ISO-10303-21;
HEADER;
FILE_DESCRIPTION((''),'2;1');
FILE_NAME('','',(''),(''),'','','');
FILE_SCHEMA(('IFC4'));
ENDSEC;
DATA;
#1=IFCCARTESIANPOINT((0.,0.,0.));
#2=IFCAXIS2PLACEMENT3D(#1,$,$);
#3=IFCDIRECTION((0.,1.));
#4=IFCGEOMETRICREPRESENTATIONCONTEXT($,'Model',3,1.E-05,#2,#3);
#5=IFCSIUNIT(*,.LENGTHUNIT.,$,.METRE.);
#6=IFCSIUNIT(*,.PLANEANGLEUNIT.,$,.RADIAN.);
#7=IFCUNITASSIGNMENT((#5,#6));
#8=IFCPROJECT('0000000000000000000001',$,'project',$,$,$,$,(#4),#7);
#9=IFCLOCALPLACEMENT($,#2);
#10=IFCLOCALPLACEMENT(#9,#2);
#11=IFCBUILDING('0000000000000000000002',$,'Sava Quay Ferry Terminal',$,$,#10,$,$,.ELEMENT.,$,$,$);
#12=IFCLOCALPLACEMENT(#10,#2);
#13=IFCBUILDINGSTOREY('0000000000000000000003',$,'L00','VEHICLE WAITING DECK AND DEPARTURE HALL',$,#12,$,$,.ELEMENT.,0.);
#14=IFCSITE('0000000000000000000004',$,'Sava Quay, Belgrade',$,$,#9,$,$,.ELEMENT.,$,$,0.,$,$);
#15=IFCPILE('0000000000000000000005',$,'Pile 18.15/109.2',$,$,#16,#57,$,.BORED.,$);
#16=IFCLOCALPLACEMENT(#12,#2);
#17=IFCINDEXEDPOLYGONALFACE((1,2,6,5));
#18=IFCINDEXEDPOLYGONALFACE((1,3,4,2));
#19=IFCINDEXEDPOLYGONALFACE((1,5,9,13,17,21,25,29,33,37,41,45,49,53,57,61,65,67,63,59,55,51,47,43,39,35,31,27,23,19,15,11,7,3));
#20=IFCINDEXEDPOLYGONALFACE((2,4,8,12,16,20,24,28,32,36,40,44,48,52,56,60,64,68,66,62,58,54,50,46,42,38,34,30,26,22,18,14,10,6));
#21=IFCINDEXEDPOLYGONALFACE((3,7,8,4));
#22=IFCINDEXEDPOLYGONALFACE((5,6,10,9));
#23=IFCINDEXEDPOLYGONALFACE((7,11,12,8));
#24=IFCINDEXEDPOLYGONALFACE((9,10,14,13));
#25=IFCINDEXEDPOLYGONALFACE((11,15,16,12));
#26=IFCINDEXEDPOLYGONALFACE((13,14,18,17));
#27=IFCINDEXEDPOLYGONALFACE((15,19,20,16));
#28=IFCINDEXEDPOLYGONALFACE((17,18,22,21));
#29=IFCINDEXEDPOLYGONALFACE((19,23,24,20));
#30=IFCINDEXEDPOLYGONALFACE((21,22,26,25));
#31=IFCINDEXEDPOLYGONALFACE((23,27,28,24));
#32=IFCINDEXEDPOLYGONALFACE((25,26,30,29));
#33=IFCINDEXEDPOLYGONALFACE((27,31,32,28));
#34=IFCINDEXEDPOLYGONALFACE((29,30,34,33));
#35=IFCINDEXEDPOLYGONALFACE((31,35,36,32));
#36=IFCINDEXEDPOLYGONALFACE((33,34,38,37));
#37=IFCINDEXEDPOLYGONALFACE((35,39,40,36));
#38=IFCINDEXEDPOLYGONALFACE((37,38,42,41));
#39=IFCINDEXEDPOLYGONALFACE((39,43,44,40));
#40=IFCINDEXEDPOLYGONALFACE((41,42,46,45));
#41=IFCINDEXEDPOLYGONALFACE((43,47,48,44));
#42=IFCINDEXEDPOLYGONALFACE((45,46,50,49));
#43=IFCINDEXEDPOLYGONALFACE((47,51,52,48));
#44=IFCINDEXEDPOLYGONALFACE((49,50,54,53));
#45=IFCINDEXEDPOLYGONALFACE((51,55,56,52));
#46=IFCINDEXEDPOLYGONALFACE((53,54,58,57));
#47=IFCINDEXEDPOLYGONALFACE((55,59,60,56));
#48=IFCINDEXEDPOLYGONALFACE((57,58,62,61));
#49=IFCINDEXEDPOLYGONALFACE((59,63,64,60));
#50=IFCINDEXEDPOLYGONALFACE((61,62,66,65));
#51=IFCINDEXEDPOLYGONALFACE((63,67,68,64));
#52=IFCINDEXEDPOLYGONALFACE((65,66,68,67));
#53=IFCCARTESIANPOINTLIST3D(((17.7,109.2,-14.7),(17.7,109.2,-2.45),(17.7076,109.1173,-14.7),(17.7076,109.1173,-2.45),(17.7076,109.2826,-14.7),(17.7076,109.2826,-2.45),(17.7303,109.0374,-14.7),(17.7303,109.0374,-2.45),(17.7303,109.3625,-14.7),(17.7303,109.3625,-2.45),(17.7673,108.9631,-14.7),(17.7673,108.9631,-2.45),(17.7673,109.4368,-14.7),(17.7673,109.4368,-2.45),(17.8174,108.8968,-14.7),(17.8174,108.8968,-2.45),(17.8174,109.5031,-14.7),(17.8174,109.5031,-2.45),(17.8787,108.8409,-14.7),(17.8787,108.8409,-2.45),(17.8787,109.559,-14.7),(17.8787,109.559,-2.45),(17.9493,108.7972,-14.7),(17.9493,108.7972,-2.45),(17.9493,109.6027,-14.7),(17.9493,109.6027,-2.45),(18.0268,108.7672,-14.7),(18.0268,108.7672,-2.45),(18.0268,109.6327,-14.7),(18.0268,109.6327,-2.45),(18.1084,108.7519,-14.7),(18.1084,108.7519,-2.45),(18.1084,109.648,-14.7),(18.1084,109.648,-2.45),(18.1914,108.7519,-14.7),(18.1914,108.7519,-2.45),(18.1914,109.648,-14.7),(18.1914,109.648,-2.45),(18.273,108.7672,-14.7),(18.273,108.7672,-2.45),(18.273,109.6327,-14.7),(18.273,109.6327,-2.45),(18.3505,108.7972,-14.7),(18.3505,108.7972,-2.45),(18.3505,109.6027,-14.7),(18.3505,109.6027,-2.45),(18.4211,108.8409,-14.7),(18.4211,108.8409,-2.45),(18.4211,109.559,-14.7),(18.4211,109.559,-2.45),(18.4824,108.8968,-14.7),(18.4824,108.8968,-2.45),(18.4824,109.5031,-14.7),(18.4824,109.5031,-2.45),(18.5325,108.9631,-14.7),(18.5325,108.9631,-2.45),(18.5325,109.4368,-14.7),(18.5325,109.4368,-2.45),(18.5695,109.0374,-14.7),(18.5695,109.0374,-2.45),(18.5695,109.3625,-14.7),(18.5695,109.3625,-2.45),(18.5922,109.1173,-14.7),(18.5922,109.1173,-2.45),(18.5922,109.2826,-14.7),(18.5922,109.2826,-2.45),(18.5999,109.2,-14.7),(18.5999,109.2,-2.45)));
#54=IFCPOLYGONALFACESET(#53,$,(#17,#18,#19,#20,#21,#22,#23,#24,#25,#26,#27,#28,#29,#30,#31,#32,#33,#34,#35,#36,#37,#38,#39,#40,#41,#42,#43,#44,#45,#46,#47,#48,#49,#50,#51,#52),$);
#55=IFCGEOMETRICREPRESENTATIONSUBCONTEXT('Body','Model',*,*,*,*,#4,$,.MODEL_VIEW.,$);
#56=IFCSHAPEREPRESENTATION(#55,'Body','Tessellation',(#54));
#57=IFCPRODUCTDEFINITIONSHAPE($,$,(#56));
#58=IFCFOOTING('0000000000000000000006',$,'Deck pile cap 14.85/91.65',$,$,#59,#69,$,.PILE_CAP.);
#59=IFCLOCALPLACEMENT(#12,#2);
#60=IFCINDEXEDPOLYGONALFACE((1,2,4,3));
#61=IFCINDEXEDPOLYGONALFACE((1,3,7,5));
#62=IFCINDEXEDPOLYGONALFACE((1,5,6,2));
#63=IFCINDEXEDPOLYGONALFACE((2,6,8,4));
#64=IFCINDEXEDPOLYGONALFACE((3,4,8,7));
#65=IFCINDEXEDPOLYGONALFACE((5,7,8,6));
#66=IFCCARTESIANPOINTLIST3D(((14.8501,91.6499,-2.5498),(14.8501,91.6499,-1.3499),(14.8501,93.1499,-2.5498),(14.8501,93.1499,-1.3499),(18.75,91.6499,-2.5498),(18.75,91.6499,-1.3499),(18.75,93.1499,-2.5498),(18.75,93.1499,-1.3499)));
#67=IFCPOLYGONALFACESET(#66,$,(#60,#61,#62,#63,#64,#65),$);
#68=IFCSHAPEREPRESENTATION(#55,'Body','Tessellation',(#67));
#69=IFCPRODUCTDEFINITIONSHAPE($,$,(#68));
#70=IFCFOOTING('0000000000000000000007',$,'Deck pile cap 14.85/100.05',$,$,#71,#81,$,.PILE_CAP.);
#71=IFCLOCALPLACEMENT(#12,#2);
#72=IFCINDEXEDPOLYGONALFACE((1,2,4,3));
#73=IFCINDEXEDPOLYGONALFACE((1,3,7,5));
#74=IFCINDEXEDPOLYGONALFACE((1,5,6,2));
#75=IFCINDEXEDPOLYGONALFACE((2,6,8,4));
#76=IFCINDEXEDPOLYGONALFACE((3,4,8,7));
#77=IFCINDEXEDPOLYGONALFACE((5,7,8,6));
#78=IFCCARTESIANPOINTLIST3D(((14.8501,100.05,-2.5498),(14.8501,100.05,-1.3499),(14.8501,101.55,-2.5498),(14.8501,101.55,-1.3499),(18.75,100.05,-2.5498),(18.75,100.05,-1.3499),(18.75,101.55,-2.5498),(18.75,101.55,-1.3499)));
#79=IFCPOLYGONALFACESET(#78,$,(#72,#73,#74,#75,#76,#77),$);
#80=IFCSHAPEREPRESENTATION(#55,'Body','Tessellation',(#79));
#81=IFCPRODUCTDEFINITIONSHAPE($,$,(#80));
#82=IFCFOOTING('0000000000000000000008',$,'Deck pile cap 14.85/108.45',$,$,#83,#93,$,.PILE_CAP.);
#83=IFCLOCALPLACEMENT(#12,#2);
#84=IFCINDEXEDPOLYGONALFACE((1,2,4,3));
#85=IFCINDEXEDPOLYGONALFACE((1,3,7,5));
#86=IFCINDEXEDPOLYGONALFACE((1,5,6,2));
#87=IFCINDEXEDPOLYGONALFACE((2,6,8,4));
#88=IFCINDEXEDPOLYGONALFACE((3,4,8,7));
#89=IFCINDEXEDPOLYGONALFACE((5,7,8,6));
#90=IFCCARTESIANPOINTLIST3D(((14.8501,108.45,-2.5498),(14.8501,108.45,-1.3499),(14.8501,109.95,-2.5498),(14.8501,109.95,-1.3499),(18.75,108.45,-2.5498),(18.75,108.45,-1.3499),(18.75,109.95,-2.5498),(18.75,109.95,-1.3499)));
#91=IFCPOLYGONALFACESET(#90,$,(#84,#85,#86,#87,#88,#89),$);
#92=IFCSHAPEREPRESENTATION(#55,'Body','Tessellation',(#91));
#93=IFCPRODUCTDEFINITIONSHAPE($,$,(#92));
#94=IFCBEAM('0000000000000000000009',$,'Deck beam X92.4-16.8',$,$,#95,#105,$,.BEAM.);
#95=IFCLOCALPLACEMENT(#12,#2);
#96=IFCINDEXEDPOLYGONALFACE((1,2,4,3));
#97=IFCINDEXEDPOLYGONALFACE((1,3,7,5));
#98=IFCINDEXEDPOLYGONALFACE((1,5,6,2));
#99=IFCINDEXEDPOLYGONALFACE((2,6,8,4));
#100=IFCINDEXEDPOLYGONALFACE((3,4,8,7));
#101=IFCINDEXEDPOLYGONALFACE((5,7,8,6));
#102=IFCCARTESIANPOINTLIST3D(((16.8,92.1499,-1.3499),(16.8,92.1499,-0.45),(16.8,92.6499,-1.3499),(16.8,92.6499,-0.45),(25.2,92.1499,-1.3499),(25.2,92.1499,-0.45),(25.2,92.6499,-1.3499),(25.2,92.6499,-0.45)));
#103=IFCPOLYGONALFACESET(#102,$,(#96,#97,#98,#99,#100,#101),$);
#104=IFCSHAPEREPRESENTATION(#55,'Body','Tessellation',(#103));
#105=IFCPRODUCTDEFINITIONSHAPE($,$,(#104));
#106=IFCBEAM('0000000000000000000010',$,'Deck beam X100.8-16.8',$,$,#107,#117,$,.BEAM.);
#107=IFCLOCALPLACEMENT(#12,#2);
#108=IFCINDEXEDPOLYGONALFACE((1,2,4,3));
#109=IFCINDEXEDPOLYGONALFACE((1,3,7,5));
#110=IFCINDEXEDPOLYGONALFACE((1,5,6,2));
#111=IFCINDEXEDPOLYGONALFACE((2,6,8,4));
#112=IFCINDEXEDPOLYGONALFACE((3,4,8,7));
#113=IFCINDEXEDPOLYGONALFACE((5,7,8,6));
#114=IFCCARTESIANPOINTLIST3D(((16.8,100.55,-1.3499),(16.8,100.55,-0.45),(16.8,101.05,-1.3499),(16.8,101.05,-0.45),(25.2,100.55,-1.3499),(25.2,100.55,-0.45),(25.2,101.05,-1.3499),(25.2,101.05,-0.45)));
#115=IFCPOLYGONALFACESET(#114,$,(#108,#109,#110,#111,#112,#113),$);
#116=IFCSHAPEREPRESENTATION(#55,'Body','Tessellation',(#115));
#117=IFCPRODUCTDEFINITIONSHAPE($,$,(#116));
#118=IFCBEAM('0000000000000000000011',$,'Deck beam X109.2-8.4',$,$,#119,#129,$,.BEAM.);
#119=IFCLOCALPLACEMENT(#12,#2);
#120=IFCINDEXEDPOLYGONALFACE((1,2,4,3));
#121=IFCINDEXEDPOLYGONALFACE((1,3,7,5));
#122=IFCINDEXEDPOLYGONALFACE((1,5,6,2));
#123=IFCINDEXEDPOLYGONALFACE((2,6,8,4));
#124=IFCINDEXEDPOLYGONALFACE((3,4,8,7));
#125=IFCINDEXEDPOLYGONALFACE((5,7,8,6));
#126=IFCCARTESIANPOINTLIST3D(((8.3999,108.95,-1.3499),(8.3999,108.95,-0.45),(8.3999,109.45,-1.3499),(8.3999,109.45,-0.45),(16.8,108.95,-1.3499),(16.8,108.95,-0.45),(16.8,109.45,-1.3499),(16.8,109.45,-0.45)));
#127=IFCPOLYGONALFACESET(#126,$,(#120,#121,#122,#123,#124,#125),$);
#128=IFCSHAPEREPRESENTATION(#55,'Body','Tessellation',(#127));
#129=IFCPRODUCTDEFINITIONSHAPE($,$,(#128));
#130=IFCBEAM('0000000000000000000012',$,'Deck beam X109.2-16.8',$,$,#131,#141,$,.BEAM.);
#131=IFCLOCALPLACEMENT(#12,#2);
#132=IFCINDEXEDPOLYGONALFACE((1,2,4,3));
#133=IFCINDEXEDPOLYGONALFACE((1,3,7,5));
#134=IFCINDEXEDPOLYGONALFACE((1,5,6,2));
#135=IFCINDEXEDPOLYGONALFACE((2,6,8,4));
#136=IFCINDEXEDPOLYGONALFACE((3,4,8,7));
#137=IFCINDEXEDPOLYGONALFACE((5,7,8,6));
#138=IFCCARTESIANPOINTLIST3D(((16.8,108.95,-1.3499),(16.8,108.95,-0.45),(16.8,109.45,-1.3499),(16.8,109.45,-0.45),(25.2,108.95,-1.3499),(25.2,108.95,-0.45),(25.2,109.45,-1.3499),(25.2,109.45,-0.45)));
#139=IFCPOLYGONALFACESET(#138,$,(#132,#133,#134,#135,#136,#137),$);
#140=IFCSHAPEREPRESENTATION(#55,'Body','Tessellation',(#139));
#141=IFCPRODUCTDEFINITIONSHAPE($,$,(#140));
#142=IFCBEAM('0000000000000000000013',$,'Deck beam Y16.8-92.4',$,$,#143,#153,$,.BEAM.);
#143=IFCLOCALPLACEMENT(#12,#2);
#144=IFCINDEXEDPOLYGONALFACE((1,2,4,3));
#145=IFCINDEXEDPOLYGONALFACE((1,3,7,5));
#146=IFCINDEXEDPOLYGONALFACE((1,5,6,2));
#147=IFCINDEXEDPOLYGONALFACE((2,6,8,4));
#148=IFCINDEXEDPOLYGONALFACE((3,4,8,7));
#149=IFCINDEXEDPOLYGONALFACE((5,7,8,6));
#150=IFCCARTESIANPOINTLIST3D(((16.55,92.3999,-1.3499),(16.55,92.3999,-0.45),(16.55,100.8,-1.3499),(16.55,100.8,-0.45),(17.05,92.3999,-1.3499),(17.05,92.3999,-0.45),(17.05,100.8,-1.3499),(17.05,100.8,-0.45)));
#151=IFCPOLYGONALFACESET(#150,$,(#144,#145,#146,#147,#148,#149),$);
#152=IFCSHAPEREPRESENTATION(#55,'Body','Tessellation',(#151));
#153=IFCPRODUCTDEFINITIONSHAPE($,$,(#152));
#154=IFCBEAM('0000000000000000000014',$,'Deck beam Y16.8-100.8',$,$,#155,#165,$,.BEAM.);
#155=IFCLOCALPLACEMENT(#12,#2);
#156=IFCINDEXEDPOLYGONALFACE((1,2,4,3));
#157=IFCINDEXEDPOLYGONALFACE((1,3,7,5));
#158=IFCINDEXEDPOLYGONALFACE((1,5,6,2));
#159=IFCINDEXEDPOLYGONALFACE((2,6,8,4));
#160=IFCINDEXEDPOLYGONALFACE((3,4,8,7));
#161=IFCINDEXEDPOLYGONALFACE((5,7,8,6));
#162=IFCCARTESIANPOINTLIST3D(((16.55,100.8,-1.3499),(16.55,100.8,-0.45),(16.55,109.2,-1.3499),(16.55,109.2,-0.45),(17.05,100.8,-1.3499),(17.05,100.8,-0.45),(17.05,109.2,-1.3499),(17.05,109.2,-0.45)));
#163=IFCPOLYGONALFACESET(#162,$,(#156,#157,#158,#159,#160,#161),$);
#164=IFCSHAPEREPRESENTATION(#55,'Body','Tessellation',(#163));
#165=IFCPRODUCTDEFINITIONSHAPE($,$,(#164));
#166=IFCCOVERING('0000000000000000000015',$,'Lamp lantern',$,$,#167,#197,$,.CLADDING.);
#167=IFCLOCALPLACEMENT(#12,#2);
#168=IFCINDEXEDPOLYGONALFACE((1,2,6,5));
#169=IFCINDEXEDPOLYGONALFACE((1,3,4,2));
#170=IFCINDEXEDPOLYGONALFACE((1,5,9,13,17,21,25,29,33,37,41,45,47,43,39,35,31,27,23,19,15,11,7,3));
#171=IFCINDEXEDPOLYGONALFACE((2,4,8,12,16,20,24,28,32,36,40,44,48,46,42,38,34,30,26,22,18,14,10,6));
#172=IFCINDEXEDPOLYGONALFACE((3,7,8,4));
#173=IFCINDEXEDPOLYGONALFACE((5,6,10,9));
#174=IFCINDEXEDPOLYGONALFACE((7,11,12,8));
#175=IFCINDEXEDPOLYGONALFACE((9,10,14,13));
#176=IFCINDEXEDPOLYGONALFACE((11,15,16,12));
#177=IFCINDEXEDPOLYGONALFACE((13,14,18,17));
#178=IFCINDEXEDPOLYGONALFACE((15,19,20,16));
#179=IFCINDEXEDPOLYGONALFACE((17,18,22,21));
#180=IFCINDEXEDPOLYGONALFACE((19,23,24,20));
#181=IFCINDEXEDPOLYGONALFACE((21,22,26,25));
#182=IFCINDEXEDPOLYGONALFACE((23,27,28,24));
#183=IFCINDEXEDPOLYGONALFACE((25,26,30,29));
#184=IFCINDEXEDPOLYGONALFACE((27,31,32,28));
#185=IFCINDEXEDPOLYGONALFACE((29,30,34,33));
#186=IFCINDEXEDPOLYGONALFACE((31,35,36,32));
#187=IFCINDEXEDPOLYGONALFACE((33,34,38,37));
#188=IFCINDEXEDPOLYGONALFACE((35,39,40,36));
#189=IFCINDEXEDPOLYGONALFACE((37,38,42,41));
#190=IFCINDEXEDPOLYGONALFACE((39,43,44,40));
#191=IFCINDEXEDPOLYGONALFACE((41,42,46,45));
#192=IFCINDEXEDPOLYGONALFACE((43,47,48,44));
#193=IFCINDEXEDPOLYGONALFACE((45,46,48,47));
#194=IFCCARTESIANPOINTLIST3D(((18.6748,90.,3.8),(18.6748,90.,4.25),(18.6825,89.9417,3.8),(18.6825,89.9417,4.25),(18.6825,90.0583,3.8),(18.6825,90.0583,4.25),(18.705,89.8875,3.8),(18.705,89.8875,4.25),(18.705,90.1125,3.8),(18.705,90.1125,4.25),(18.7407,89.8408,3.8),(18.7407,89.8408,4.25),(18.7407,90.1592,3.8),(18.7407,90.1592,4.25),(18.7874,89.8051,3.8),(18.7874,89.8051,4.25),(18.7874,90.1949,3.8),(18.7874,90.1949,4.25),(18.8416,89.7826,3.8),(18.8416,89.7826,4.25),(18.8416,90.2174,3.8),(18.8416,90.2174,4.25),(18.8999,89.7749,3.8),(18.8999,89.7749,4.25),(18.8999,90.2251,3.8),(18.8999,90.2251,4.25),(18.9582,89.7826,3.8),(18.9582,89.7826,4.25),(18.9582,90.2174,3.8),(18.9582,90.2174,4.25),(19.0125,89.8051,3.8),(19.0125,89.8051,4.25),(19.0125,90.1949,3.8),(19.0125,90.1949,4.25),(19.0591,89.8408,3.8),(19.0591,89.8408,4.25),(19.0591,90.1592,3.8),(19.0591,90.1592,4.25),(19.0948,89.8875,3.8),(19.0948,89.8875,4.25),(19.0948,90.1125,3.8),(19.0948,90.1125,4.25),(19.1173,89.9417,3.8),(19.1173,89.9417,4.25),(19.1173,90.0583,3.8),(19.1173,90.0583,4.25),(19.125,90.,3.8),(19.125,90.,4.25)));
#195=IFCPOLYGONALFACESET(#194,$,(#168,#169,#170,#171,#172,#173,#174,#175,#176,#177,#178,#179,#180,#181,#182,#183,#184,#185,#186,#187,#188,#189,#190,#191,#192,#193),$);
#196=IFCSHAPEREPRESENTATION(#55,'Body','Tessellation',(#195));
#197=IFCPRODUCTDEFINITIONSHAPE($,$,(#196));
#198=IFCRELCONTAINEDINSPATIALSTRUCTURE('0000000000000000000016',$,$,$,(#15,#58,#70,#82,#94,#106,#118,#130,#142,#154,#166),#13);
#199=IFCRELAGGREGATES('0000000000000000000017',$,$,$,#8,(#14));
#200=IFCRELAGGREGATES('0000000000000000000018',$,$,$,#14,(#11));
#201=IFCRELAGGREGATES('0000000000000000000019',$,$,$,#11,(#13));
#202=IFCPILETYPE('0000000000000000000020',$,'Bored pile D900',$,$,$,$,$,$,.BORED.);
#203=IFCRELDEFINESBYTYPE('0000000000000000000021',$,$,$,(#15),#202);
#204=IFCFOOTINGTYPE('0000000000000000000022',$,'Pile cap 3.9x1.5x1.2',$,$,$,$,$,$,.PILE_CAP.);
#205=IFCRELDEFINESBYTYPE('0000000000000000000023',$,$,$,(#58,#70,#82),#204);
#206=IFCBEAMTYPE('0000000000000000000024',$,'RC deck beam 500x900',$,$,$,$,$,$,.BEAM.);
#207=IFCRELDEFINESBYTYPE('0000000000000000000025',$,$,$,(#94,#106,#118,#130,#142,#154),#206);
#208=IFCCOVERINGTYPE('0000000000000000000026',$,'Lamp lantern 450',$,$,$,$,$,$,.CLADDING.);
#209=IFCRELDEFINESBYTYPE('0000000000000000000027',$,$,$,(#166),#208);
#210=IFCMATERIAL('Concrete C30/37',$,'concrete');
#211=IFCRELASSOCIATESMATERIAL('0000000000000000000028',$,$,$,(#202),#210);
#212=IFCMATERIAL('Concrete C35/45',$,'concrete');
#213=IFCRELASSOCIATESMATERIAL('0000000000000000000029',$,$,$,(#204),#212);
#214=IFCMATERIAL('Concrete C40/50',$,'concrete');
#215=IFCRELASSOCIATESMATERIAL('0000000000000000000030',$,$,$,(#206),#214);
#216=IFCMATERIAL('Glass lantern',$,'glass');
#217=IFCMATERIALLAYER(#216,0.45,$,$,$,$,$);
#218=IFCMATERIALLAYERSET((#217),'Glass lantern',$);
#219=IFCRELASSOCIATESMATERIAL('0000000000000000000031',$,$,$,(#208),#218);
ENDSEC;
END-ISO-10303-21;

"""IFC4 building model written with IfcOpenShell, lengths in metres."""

from ifc_helpers import new_model, si_unit, direction, frame, origin, origin_2d, place, context, subcontext, project, spatial, rectangle, circle, extrude, material, layer, layer_set, material_profile, profile_set, type_object, element, save


model = new_model("IFC4")

# Units and contexts
model_context = context("Model", 3, precision=1e-05, world=origin(), true_north=direction((0.0, 1.0)))
body_context = subcontext(model_context, "Body", "Model", "MODEL_VIEW")
ifc_project = project(units=[si_unit("LENGTHUNIT", "METRE"), si_unit("PLANEANGLEUNIT", "RADIAN")], contexts=[model_context])

# Site, building, storey
site_placement = place(None, origin())
site = spatial("IfcSite", under=ifc_project, at=site_placement, Name="Sava Quay, Belgrade", CompositionType="ELEMENT", RefElevation=0.0)
building_placement = place(site_placement, origin())
building = spatial("IfcBuilding", under=site, at=building_placement, Name="Sava Quay Ferry Terminal", CompositionType="ELEMENT")
storey_placement = place(building_placement, origin())
storey = spatial("IfcBuildingStorey", under=building, at=storey_placement, Name="L00", Description="VEHICLE WAITING DECK AND DEPARTURE HALL", CompositionType="ELEMENT", Elevation=0.0)

# Pile
ifc_material_1 = material(Name="Concrete C30/37", Category="concrete")
ifc_material_profile_1 = material_profile(ifc_material_1, circle(Radius=0.45, at=origin_2d()), Name="Bored pile D900")
ifc_profile_set_1 = profile_set([ifc_material_profile_1], Name="Concrete C30/37")
pile_type = type_object("IfcPileType", Name="Bored pile D900", PredefinedType="BORED", material=ifc_profile_set_1)
for number, where, z_axis, x_axis, name in (
    (1, (18.1499, 109.2, -2.45), (0.0, 0.0, -1.0), (1.0, 0.0, 0.0), "Pile 18.15/109.2"),
):
    element("IfcPile", number, at=place(storey_placement, frame(where, z_axis=z_axis, x_axis=x_axis)), inside=storey, type_object=pile_type, Name=name, PredefinedType="BORED", context=body_context, shape_type="SweptSolid", body=[
        extrude(circle(Radius=0.45, at=origin_2d()), origin(), (0.0, 0.0, 1.0), 12.25),
    ])

# Footings
ifc_material_2 = material(Name="Concrete C35/45", Category="concrete")
footing_type = type_object("IfcFootingType", Name="Pile cap 3.9x1.5x1.2", PredefinedType="PILE_CAP", material=ifc_material_2)
for number, where, z_axis, x_axis, name in (
    (2, (16.8, 92.3999, -2.5498), (0.0, 0.0, 1.0), (1.0, 0.0, 0.0), "Deck pile cap 14.85/91.65"),
    (3, (16.8, 100.8, -2.5498), (0.0, 0.0, 1.0), (1.0, 0.0, 0.0), "Deck pile cap 14.85/100.05"),
    (4, (16.8, 109.2, -2.5498), (0.0, 0.0, 1.0), (1.0, 0.0, 0.0), "Deck pile cap 14.85/108.45"),
):
    element("IfcFooting", number, at=place(storey_placement, frame(where, z_axis=z_axis, x_axis=x_axis)), inside=storey, type_object=footing_type, Name=name, PredefinedType="PILE_CAP", context=body_context, shape_type="SweptSolid", body=[
        extrude(rectangle(XDim=3.8999, YDim=1.5, at=origin_2d()), origin(), (0.0, 0.0, 1.0), 1.2),
    ])

# Beams
ifc_material_3 = material(Name="Concrete C40/50", Category="concrete")
ifc_material_profile_2 = material_profile(ifc_material_3, rectangle(XDim=0.5, YDim=0.8999, at=origin_2d()), Name="RC 500x900")
ifc_profile_set_2 = profile_set([ifc_material_profile_2], Name="Concrete C40/50")
beam_type = type_object("IfcBeamType", Name="RC deck beam 500x900", PredefinedType="BEAM", material=ifc_profile_set_2)
for number, where, z_axis, x_axis, name in (
    (5, (16.8, 92.3999, -0.8999), (1.0, 0.0, 0.0), (0.0, 1.0, 0.0), "Deck beam X92.4-16.8"),
    (6, (16.8, 100.8, -0.8999), (1.0, 0.0, 0.0), (0.0, 1.0, 0.0), "Deck beam X100.8-16.8"),
):
    element("IfcBeam", number, at=place(storey_placement, frame(where, z_axis=z_axis, x_axis=x_axis)), inside=storey, type_object=beam_type, Name=name, PredefinedType="BEAM", context=body_context, shape_type="SweptSolid", body=[
        extrude(rectangle(XDim=0.5, YDim=0.8999, at=origin_2d()), origin(), (0.0, 0.0, 1.0), 8.3999),
    ])
beam_1_placement = place(storey_placement, frame((8.3999, 109.2, -0.8999), z_axis=(1.0, 0.0, 0.0), x_axis=(0.0, 1.0, 0.0)))
element("IfcBeam", 7, at=beam_1_placement, inside=storey, type_object=beam_type, Name="Deck beam X109.2-8.4", PredefinedType="BEAM", context=body_context, shape_type="SweptSolid", body=[
    extrude(rectangle(XDim=0.5, YDim=0.8999, at=origin_2d()), origin(), (0.0, 0.0, 1.0), 8.4001),
])
beam_2_placement = place(storey_placement, frame((16.8, 109.2, -0.8999), z_axis=(1.0, 0.0, 0.0), x_axis=(0.0, 1.0, 0.0)))
element("IfcBeam", 8, at=beam_2_placement, inside=storey, type_object=beam_type, Name="Deck beam X109.2-16.8", PredefinedType="BEAM", context=body_context, shape_type="SweptSolid", body=[
    extrude(rectangle(XDim=0.5, YDim=0.8999, at=origin_2d()), origin(), (0.0, 0.0, 1.0), 8.3999),
])
beam_3_placement = place(storey_placement, frame((16.8, 92.3999, -0.8999), z_axis=(0.0, 1.0, 0.0), x_axis=(-1.0, 0.0, 0.0)))
element("IfcBeam", 9, at=beam_3_placement, inside=storey, type_object=beam_type, Name="Deck beam Y16.8-92.4", PredefinedType="BEAM", context=body_context, shape_type="SweptSolid", body=[
    extrude(rectangle(XDim=0.5, YDim=0.8999, at=origin_2d()), origin(), (0.0, 0.0, 1.0), 8.4001),
])
beam_4_placement = place(storey_placement, frame((16.8, 100.8, -0.8999), z_axis=(0.0, 1.0, 0.0), x_axis=(-1.0, 0.0, 0.0)))
element("IfcBeam", 10, at=beam_4_placement, inside=storey, type_object=beam_type, Name="Deck beam Y16.8-100.8", PredefinedType="BEAM", context=body_context, shape_type="SweptSolid", body=[
    extrude(rectangle(XDim=0.5, YDim=0.8999, at=origin_2d()), origin(), (0.0, 0.0, 1.0), 8.3999),
])

# Covering
ifc_material_4 = material(Name="Glass lantern", Category="glass")
ifc_layer_1 = layer(ifc_material_4, 0.45)
ifc_layer_set_1 = layer_set([ifc_layer_1], Name="Glass lantern")
covering_type_1 = type_object("IfcCoveringType", Name="Lamp lantern 450", PredefinedType="CLADDING", material=ifc_layer_set_1)
for number, where, z_axis, x_axis, name in (
    (11, (18.8999, 90.0, 4.25), (0.0, 0.0, -1.0), (1.0, 0.0, 0.0), "Lamp lantern"),
):
    element("IfcCovering", number, at=place(storey_placement, frame(where, z_axis=z_axis, x_axis=x_axis)), inside=storey, type_object=covering_type_1, Name=name, PredefinedType="CLADDING", context=body_context, shape_type="SweptSolid", body=[
        extrude(circle(Radius=0.2251, at=origin_2d()), origin(), (0.0, 0.0, 1.0), 0.45),
    ])

save(model, "model.ifc")
